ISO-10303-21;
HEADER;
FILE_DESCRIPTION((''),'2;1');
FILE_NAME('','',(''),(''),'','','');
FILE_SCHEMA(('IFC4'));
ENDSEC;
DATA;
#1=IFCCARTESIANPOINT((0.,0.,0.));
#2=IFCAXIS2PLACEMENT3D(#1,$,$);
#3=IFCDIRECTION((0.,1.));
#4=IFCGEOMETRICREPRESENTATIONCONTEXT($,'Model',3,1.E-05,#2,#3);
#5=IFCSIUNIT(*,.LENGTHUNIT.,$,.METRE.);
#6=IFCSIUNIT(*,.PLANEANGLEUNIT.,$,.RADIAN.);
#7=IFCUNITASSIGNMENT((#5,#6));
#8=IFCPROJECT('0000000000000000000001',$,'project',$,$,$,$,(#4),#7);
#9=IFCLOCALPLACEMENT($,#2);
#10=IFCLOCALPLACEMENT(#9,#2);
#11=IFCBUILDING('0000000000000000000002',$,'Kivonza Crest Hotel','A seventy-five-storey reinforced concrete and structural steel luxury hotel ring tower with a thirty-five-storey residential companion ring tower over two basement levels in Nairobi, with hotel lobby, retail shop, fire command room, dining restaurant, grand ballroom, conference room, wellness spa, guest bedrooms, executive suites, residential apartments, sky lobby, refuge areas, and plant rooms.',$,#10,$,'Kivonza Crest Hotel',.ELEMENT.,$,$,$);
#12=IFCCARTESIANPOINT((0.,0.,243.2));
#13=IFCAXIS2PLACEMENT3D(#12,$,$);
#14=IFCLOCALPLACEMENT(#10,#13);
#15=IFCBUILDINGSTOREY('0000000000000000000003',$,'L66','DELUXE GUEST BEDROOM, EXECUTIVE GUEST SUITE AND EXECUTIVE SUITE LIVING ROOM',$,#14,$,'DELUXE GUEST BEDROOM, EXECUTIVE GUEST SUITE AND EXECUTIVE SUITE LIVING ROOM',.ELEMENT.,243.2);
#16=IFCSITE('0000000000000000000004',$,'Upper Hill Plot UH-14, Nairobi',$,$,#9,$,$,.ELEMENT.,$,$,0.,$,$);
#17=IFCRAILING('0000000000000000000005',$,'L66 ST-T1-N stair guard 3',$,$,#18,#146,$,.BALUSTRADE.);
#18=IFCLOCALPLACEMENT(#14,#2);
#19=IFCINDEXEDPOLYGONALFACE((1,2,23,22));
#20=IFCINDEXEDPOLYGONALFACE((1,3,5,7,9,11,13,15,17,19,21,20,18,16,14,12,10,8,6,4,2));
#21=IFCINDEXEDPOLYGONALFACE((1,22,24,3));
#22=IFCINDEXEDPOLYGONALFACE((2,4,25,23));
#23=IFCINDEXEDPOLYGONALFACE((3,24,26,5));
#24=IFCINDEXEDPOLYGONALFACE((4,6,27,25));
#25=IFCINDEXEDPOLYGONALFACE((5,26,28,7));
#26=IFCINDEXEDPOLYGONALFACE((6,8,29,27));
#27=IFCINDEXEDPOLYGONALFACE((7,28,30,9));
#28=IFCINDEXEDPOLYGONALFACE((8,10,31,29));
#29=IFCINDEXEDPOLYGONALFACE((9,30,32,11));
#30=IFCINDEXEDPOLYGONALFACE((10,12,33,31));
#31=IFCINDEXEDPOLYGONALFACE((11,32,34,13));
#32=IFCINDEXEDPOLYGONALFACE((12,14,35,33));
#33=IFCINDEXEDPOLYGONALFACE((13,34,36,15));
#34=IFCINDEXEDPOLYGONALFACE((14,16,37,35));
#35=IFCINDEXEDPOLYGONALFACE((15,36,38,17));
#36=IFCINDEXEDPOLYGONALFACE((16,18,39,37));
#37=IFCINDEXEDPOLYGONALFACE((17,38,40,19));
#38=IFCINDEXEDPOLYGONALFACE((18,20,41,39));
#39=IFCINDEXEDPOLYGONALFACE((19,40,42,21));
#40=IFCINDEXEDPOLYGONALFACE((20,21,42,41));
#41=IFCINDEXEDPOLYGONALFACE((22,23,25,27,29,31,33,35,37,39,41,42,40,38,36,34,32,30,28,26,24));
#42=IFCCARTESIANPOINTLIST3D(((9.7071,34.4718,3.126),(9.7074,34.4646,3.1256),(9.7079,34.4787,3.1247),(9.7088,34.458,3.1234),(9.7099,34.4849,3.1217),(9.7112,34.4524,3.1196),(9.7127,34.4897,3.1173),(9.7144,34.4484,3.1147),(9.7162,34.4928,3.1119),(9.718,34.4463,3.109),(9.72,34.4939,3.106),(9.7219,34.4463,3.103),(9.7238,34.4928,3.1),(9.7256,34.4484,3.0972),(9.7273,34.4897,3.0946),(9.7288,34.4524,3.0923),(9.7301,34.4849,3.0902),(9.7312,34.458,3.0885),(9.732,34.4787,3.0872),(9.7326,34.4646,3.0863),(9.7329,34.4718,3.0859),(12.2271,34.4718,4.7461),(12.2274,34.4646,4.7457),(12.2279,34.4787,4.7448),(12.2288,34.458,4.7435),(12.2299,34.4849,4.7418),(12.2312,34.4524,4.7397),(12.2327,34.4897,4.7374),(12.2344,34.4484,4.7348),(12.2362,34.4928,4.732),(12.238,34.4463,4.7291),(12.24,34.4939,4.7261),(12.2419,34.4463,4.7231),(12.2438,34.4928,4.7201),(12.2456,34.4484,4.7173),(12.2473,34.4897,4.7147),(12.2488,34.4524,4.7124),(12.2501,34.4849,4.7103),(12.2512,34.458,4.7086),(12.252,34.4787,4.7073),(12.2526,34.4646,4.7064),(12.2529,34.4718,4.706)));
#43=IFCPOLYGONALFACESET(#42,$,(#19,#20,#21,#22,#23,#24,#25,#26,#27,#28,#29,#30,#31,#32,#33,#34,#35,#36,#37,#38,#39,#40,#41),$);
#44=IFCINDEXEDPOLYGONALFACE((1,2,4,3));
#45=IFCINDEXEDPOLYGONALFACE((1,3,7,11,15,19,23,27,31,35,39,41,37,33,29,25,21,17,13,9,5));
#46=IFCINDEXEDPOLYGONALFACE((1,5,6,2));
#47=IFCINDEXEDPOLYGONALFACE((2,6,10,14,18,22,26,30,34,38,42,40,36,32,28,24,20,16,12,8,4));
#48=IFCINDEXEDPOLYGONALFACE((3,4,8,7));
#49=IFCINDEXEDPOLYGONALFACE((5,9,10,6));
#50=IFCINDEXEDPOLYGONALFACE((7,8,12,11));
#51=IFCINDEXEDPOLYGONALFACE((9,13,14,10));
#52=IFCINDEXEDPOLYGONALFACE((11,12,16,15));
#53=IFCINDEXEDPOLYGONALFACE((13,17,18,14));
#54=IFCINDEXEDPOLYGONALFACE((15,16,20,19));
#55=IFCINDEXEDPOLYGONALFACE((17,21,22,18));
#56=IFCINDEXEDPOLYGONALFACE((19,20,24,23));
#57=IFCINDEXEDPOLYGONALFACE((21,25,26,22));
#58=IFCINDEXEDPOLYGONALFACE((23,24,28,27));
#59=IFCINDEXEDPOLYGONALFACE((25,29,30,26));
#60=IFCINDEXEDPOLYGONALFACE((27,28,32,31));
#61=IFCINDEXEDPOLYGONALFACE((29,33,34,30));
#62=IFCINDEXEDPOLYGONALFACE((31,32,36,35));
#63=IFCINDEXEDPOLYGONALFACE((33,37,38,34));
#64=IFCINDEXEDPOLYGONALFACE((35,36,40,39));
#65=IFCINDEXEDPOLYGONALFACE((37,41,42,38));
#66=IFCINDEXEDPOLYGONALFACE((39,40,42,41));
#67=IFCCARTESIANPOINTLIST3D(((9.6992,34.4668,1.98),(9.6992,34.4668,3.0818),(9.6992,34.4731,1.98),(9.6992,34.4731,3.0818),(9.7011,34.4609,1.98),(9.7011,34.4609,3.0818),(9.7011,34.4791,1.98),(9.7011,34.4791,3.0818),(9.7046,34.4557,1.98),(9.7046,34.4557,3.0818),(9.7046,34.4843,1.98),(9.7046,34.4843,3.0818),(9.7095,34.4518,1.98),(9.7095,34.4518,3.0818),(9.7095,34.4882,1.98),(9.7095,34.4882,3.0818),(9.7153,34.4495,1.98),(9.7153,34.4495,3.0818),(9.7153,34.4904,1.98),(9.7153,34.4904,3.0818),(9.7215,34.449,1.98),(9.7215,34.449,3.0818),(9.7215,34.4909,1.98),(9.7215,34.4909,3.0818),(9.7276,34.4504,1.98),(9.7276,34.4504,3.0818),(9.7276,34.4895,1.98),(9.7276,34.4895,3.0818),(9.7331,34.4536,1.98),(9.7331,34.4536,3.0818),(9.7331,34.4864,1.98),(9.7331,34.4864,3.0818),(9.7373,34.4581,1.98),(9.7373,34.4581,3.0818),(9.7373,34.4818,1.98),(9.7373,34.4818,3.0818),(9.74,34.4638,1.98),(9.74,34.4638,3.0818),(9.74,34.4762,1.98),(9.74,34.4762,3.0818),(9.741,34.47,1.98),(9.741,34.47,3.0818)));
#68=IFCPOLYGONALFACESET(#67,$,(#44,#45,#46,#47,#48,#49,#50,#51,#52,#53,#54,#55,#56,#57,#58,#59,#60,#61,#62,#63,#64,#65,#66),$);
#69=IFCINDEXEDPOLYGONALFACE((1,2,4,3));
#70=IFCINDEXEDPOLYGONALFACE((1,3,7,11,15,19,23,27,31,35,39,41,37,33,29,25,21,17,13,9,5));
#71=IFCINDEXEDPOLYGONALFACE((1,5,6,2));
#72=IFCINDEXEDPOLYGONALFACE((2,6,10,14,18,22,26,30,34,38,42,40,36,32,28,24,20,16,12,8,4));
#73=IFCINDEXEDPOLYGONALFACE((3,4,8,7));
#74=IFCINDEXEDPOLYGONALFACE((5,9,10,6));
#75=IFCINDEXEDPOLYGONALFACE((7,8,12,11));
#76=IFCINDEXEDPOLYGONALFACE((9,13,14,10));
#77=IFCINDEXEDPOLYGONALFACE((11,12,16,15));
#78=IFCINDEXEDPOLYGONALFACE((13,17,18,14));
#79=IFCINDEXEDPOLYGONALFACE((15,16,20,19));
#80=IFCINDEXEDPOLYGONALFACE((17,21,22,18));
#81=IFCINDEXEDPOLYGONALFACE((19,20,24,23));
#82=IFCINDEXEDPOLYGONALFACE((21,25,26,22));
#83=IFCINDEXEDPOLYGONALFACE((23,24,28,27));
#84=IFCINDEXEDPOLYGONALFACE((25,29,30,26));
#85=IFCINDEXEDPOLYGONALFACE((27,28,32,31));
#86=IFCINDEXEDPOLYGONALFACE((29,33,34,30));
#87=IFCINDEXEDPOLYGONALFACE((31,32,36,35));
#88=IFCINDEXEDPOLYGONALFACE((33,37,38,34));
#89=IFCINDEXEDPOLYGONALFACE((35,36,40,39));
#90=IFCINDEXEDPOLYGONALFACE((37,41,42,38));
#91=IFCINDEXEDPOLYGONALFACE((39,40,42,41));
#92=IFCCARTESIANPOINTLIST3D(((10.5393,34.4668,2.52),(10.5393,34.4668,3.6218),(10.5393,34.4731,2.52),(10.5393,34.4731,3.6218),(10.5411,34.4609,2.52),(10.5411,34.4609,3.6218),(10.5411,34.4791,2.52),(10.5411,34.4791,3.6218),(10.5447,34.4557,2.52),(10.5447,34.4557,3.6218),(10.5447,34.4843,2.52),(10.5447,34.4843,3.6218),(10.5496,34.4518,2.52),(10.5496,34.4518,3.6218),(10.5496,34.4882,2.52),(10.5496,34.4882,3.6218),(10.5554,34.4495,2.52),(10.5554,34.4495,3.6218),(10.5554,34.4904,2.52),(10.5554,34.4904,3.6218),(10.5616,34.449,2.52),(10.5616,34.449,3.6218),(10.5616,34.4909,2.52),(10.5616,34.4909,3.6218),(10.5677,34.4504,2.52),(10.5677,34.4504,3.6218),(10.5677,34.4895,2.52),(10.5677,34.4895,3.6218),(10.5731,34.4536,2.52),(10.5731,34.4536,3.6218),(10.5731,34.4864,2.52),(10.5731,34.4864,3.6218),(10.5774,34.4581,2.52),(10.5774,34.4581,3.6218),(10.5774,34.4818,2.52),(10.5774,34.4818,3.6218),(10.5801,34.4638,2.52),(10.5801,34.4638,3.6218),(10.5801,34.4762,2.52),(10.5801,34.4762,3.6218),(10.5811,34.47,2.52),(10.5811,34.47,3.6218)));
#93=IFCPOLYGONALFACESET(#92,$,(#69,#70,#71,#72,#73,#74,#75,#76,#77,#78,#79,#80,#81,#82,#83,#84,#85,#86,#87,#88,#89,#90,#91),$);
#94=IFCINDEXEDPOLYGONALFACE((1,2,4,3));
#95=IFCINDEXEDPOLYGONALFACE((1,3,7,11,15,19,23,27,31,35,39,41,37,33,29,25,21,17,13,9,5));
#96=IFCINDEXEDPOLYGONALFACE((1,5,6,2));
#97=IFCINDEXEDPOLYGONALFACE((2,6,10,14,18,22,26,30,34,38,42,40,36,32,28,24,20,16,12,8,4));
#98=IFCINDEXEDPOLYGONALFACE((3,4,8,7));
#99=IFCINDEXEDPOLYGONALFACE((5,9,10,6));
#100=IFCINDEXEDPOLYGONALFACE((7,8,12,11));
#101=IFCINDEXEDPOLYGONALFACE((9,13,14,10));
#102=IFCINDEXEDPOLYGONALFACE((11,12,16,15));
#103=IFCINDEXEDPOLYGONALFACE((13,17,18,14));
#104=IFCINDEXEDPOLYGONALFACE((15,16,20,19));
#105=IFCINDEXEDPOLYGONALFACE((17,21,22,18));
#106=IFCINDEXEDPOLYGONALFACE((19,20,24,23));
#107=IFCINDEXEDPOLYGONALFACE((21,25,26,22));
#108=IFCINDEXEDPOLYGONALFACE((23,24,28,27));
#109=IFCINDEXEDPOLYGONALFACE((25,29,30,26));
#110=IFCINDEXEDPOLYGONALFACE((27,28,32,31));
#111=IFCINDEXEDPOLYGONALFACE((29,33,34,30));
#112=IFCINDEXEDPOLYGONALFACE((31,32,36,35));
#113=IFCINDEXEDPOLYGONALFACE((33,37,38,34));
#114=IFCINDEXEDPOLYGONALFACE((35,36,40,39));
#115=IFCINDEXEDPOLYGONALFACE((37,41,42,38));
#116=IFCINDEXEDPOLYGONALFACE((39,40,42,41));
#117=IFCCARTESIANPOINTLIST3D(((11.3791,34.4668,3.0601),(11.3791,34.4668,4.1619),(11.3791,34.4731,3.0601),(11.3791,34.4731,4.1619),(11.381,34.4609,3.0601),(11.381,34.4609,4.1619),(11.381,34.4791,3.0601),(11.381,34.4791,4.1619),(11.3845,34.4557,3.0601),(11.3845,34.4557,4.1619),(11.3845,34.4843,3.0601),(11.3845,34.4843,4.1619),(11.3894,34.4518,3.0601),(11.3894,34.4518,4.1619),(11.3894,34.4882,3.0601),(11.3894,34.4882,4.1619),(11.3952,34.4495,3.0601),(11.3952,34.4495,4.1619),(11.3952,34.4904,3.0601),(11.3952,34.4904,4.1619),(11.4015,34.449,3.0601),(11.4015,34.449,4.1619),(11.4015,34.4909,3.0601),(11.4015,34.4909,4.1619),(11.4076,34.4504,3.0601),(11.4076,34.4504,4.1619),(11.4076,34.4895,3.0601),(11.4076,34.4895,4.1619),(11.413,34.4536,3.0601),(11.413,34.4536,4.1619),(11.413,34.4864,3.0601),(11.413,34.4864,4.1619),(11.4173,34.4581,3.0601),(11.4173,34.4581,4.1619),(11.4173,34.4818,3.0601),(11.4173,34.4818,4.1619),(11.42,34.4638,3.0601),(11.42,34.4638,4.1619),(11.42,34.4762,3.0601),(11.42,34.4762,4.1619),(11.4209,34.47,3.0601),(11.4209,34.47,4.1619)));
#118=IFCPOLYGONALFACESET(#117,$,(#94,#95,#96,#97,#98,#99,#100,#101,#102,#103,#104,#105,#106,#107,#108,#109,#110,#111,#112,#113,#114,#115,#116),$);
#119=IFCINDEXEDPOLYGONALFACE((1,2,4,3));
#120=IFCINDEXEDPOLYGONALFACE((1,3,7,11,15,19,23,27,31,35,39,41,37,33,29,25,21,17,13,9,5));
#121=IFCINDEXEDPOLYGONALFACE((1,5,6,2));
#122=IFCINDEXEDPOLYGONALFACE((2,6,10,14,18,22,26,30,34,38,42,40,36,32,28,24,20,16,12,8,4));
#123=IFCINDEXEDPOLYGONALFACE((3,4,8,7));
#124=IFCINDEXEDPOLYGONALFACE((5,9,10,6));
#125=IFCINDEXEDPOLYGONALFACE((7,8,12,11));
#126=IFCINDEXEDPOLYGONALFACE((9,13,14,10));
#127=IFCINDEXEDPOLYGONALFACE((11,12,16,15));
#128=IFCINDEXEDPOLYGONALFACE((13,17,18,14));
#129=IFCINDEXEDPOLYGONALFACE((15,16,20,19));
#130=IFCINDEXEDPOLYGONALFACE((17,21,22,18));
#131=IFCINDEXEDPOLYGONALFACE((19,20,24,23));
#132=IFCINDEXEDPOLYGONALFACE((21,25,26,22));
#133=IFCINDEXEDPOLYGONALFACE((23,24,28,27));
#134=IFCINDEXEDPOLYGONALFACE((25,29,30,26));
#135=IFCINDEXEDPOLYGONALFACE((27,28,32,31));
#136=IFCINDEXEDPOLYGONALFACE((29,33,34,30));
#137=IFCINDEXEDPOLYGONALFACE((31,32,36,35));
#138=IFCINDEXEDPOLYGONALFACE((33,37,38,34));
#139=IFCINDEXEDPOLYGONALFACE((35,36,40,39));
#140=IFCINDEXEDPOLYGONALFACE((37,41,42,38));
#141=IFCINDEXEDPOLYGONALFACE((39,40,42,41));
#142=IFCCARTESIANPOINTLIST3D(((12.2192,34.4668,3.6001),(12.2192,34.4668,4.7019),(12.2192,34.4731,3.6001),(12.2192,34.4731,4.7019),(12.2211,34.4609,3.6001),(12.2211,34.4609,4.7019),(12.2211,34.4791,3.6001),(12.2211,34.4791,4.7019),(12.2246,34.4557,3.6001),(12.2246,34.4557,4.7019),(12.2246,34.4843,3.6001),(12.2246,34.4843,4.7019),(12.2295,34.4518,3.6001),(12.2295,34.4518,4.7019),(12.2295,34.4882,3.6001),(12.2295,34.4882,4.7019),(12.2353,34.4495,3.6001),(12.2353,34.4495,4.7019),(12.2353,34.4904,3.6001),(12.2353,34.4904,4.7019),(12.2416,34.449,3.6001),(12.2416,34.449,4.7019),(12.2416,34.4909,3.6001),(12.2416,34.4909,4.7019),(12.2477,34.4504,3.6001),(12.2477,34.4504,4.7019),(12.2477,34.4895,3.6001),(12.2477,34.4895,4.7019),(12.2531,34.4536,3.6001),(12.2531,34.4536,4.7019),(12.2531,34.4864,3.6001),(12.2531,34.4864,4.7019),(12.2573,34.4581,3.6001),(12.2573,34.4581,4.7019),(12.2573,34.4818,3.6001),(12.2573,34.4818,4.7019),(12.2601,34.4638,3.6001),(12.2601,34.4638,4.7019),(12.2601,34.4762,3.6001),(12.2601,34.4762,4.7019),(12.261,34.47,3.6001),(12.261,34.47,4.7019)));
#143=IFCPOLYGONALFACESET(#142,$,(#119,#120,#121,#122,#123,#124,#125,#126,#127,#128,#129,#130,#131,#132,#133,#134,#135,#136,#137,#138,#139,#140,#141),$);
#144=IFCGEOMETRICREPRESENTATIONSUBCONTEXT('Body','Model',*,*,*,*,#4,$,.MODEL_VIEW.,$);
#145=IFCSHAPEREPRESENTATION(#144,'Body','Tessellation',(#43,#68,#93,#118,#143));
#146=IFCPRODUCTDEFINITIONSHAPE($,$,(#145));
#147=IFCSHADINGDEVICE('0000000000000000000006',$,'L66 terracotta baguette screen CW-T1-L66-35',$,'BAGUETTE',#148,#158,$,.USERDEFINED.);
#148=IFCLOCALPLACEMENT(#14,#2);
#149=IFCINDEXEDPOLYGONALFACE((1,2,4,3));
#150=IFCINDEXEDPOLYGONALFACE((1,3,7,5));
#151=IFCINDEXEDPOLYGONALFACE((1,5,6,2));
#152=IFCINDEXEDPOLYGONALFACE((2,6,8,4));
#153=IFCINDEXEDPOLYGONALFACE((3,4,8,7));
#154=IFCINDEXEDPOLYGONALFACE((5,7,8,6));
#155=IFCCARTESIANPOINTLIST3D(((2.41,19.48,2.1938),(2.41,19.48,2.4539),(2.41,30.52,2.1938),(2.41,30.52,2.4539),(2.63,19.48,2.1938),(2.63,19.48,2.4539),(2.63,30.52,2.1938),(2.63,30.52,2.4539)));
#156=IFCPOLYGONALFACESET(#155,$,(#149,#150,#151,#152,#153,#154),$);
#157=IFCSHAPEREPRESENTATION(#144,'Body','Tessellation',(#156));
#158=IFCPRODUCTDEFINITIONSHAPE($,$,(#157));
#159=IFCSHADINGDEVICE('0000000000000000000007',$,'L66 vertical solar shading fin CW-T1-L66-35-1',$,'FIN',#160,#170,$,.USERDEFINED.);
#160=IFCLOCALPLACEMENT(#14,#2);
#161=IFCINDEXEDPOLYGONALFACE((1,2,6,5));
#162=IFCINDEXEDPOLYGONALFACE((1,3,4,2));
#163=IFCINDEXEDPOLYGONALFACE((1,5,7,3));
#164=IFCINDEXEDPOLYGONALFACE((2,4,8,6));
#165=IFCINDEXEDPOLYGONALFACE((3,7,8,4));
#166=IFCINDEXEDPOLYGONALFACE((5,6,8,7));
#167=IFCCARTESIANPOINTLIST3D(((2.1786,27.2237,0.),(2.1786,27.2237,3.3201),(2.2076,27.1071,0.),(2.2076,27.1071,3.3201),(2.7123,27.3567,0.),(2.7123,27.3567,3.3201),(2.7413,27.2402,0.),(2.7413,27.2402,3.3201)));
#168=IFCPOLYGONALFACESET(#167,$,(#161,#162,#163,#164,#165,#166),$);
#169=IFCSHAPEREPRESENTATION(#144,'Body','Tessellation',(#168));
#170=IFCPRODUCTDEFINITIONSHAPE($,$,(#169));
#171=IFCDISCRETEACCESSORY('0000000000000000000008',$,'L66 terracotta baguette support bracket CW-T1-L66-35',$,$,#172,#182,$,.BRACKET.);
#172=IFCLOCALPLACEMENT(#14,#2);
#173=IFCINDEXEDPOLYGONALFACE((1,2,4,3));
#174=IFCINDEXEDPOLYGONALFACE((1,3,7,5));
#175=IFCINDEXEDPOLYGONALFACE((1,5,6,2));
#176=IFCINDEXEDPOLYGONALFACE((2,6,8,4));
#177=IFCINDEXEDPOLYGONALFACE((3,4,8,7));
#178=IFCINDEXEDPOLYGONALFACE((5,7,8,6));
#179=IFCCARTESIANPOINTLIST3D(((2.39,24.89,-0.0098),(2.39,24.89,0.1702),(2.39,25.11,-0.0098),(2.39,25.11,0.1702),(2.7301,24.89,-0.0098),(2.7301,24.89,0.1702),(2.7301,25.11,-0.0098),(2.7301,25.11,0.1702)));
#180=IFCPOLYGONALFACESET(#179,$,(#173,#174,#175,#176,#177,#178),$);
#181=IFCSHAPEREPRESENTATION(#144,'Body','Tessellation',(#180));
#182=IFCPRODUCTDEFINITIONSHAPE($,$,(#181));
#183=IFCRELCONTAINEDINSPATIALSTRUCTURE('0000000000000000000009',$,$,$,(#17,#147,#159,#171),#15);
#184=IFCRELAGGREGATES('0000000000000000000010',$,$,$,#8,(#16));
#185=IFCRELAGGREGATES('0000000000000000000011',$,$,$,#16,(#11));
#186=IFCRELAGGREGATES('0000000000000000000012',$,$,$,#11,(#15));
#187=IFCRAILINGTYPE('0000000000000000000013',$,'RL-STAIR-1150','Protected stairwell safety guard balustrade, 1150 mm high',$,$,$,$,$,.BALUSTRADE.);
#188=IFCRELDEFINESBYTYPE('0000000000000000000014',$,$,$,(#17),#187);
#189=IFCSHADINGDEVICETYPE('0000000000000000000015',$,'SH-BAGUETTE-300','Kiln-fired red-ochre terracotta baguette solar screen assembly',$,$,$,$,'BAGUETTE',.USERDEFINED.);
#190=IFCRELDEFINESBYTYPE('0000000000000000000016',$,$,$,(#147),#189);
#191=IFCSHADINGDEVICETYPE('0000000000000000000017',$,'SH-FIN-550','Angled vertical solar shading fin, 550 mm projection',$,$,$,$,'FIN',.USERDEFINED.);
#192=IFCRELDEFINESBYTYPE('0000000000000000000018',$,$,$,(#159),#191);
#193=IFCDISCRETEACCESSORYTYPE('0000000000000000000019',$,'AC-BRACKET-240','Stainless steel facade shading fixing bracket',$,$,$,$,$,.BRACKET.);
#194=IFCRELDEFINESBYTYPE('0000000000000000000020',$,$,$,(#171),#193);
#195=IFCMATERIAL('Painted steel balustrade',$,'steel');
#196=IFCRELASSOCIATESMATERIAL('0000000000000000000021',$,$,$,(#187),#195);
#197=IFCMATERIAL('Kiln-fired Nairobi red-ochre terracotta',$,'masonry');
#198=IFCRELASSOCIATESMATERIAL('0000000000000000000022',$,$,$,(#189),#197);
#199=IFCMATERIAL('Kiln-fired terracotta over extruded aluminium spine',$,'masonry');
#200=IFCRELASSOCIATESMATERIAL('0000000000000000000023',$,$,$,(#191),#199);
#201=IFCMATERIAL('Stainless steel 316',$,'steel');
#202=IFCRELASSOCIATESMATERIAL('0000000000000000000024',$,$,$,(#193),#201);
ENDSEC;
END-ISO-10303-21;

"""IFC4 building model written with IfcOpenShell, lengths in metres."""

from ifc_helpers import new_model, si_unit, direction, frame, origin, origin_2d, place, context, subcontext, project, spatial, rectangle, circle, extrude, material, type_object, element, save


model = new_model("IFC4")

# Units and contexts
model_context = context("Model", 3, precision=1e-05, world=origin(), true_north=direction((0.0, 1.0)))
body_context = subcontext(model_context, "Body", "Model", "MODEL_VIEW")
ifc_project = project(units=[si_unit("LENGTHUNIT", "METRE"), si_unit("PLANEANGLEUNIT", "RADIAN")], contexts=[model_context])

# Site, building, storey
site_placement = place(None, origin())
site = spatial("IfcSite", under=ifc_project, at=site_placement, Name="Upper Hill Plot UH-14, Nairobi", CompositionType="ELEMENT", RefElevation=0.0)
building_placement = place(site_placement, origin())
building = spatial("IfcBuilding", under=site, at=building_placement, Name="Kivonza Crest Hotel", Description="A seventy-five-storey reinforced concrete and structural steel luxury hotel ring tower with a thirty-five-storey residential companion ring tower over two basement levels in Nairobi, with hotel lobby, retail shop, fire command room, dining restaurant, grand ballroom, conference room, wellness spa, guest bedrooms, executive suites, residential apartments, sky lobby, refuge areas, and plant rooms.", LongName="Kivonza Crest Hotel", CompositionType="ELEMENT")
storey_placement = place(building_placement, frame((0.0, 0.0, 243.2)))
storey = spatial("IfcBuildingStorey", under=building, at=storey_placement, Name="L66", Description="DELUXE GUEST BEDROOM, EXECUTIVE GUEST SUITE AND EXECUTIVE SUITE LIVING ROOM", LongName="DELUXE GUEST BEDROOM, EXECUTIVE GUEST SUITE AND EXECUTIVE SUITE LIVING ROOM", CompositionType="ELEMENT", Elevation=243.2)

# Railing
ifc_material_1 = material(Name="Painted steel balustrade", Category="steel")
railing_type_1 = type_object("IfcRailingType", Name="RL-STAIR-1150", Description="Protected stairwell safety guard balustrade, 1150 mm high", PredefinedType="BALUSTRADE", material=ifc_material_1)
railing_1_placement = place(storey_placement, frame((9.72, 34.47, 1.98)))
element("IfcRailing", 1, at=railing_1_placement, inside=storey, type_object=railing_type_1, Name="L66 ST-T1-N stair guard 3", PredefinedType="BALUSTRADE", context=body_context, shape_type="SweptSolid", body=[
    extrude(circle(Radius=0.0239, at=origin_2d()), frame((0.0, 0.0, 1.126), z_axis=(0.841163, 0.0, 0.540782), x_axis=(0.0, 1.0, 0.0)), (0.0, 0.0, 1.0), 2.9958),
    extrude(circle(Radius=0.021, at=origin_2d()), origin(), (0.0, 0.0, 1.0), 1.1018),
    extrude(circle(Radius=0.021, at=origin_2d()), frame((0.8401, 0.0, 0.54)), (0.0, 0.0, 1.0), 1.1018),
    extrude(circle(Radius=0.021, at=origin_2d()), frame((1.6799, 0.0, 1.0801)), (0.0, 0.0, 1.0), 1.1018),
    extrude(circle(Radius=0.021, at=origin_2d()), frame((2.52, 0.0, 1.6201)), (0.0, 0.0, 1.0), 1.1018),
])

# Shading devices
ifc_material_2 = material(Name="Kiln-fired Nairobi red-ochre terracotta", Category="masonry")
shading_device_type_1 = type_object("IfcShadingDeviceType", Name="SH-BAGUETTE-300", Description="Kiln-fired red-ochre terracotta baguette solar screen assembly", ElementType="BAGUETTE", PredefinedType="USERDEFINED", material=ifc_material_2)
shading_device_1_placement = place(storey_placement, frame((2.52, 25.0, 2.1938), z_axis=(0.0, 0.0, 1.0), x_axis=(0.0, -1.0, 0.0)))
element("IfcShadingDevice", 2, at=shading_device_1_placement, inside=storey, type_object=shading_device_type_1, Name="L66 terracotta baguette screen CW-T1-L66-35", ObjectType="BAGUETTE", PredefinedType="USERDEFINED", context=body_context, shape_type="SweptSolid", body=[
    extrude(rectangle(XDim=11.04, YDim=0.22, at=origin_2d()), origin(), (0.0, 0.0, 1.0), 0.26),
])
ifc_material_3 = material(Name="Kiln-fired terracotta over extruded aluminium spine", Category="masonry")
shading_device_type_2 = type_object("IfcShadingDeviceType", Name="SH-FIN-550", Description="Angled vertical solar shading fin, 550 mm projection", ElementType="FIN", PredefinedType="USERDEFINED", material=ifc_material_3)
shading_device_2_placement = place(storey_placement, frame((2.46, 27.2319, 0.0), z_axis=(0.0, 0.0, 1.0), x_axis=(0.241922, -0.970296, 0.0)))
element("IfcShadingDevice", 3, at=shading_device_2_placement, inside=storey, type_object=shading_device_type_2, Name="L66 vertical solar shading fin CW-T1-L66-35-1", ObjectType="FIN", PredefinedType="USERDEFINED", context=body_context, shape_type="SweptSolid", body=[
    extrude(rectangle(XDim=0.1201, YDim=0.55, at=origin_2d()), origin(), (0.0, 0.0, 1.0), 3.3201),
])

# Discrete accessory
ifc_material_4 = material(Name="Stainless steel 316", Category="steel")
discrete_accessory_type = type_object("IfcDiscreteAccessoryType", Name="AC-BRACKET-240", Description="Stainless steel facade shading fixing bracket", PredefinedType="BRACKET", material=ifc_material_4)
discrete_accessory_placement = place(storey_placement, frame((2.5601, 25.0, -0.0098), z_axis=(0.0, 0.0, 1.0), x_axis=(0.0, -1.0, 0.0)))
element("IfcDiscreteAccessory", 4, at=discrete_accessory_placement, inside=storey, type_object=discrete_accessory_type, Name="L66 terracotta baguette support bracket CW-T1-L66-35", PredefinedType="BRACKET", context=body_context, shape_type="SweptSolid", body=[
    extrude(rectangle(XDim=0.22, YDim=0.3401, at=origin_2d()), origin(), (0.0, 0.0, 1.0), 0.1799),
])

save(model, "model.ifc")
